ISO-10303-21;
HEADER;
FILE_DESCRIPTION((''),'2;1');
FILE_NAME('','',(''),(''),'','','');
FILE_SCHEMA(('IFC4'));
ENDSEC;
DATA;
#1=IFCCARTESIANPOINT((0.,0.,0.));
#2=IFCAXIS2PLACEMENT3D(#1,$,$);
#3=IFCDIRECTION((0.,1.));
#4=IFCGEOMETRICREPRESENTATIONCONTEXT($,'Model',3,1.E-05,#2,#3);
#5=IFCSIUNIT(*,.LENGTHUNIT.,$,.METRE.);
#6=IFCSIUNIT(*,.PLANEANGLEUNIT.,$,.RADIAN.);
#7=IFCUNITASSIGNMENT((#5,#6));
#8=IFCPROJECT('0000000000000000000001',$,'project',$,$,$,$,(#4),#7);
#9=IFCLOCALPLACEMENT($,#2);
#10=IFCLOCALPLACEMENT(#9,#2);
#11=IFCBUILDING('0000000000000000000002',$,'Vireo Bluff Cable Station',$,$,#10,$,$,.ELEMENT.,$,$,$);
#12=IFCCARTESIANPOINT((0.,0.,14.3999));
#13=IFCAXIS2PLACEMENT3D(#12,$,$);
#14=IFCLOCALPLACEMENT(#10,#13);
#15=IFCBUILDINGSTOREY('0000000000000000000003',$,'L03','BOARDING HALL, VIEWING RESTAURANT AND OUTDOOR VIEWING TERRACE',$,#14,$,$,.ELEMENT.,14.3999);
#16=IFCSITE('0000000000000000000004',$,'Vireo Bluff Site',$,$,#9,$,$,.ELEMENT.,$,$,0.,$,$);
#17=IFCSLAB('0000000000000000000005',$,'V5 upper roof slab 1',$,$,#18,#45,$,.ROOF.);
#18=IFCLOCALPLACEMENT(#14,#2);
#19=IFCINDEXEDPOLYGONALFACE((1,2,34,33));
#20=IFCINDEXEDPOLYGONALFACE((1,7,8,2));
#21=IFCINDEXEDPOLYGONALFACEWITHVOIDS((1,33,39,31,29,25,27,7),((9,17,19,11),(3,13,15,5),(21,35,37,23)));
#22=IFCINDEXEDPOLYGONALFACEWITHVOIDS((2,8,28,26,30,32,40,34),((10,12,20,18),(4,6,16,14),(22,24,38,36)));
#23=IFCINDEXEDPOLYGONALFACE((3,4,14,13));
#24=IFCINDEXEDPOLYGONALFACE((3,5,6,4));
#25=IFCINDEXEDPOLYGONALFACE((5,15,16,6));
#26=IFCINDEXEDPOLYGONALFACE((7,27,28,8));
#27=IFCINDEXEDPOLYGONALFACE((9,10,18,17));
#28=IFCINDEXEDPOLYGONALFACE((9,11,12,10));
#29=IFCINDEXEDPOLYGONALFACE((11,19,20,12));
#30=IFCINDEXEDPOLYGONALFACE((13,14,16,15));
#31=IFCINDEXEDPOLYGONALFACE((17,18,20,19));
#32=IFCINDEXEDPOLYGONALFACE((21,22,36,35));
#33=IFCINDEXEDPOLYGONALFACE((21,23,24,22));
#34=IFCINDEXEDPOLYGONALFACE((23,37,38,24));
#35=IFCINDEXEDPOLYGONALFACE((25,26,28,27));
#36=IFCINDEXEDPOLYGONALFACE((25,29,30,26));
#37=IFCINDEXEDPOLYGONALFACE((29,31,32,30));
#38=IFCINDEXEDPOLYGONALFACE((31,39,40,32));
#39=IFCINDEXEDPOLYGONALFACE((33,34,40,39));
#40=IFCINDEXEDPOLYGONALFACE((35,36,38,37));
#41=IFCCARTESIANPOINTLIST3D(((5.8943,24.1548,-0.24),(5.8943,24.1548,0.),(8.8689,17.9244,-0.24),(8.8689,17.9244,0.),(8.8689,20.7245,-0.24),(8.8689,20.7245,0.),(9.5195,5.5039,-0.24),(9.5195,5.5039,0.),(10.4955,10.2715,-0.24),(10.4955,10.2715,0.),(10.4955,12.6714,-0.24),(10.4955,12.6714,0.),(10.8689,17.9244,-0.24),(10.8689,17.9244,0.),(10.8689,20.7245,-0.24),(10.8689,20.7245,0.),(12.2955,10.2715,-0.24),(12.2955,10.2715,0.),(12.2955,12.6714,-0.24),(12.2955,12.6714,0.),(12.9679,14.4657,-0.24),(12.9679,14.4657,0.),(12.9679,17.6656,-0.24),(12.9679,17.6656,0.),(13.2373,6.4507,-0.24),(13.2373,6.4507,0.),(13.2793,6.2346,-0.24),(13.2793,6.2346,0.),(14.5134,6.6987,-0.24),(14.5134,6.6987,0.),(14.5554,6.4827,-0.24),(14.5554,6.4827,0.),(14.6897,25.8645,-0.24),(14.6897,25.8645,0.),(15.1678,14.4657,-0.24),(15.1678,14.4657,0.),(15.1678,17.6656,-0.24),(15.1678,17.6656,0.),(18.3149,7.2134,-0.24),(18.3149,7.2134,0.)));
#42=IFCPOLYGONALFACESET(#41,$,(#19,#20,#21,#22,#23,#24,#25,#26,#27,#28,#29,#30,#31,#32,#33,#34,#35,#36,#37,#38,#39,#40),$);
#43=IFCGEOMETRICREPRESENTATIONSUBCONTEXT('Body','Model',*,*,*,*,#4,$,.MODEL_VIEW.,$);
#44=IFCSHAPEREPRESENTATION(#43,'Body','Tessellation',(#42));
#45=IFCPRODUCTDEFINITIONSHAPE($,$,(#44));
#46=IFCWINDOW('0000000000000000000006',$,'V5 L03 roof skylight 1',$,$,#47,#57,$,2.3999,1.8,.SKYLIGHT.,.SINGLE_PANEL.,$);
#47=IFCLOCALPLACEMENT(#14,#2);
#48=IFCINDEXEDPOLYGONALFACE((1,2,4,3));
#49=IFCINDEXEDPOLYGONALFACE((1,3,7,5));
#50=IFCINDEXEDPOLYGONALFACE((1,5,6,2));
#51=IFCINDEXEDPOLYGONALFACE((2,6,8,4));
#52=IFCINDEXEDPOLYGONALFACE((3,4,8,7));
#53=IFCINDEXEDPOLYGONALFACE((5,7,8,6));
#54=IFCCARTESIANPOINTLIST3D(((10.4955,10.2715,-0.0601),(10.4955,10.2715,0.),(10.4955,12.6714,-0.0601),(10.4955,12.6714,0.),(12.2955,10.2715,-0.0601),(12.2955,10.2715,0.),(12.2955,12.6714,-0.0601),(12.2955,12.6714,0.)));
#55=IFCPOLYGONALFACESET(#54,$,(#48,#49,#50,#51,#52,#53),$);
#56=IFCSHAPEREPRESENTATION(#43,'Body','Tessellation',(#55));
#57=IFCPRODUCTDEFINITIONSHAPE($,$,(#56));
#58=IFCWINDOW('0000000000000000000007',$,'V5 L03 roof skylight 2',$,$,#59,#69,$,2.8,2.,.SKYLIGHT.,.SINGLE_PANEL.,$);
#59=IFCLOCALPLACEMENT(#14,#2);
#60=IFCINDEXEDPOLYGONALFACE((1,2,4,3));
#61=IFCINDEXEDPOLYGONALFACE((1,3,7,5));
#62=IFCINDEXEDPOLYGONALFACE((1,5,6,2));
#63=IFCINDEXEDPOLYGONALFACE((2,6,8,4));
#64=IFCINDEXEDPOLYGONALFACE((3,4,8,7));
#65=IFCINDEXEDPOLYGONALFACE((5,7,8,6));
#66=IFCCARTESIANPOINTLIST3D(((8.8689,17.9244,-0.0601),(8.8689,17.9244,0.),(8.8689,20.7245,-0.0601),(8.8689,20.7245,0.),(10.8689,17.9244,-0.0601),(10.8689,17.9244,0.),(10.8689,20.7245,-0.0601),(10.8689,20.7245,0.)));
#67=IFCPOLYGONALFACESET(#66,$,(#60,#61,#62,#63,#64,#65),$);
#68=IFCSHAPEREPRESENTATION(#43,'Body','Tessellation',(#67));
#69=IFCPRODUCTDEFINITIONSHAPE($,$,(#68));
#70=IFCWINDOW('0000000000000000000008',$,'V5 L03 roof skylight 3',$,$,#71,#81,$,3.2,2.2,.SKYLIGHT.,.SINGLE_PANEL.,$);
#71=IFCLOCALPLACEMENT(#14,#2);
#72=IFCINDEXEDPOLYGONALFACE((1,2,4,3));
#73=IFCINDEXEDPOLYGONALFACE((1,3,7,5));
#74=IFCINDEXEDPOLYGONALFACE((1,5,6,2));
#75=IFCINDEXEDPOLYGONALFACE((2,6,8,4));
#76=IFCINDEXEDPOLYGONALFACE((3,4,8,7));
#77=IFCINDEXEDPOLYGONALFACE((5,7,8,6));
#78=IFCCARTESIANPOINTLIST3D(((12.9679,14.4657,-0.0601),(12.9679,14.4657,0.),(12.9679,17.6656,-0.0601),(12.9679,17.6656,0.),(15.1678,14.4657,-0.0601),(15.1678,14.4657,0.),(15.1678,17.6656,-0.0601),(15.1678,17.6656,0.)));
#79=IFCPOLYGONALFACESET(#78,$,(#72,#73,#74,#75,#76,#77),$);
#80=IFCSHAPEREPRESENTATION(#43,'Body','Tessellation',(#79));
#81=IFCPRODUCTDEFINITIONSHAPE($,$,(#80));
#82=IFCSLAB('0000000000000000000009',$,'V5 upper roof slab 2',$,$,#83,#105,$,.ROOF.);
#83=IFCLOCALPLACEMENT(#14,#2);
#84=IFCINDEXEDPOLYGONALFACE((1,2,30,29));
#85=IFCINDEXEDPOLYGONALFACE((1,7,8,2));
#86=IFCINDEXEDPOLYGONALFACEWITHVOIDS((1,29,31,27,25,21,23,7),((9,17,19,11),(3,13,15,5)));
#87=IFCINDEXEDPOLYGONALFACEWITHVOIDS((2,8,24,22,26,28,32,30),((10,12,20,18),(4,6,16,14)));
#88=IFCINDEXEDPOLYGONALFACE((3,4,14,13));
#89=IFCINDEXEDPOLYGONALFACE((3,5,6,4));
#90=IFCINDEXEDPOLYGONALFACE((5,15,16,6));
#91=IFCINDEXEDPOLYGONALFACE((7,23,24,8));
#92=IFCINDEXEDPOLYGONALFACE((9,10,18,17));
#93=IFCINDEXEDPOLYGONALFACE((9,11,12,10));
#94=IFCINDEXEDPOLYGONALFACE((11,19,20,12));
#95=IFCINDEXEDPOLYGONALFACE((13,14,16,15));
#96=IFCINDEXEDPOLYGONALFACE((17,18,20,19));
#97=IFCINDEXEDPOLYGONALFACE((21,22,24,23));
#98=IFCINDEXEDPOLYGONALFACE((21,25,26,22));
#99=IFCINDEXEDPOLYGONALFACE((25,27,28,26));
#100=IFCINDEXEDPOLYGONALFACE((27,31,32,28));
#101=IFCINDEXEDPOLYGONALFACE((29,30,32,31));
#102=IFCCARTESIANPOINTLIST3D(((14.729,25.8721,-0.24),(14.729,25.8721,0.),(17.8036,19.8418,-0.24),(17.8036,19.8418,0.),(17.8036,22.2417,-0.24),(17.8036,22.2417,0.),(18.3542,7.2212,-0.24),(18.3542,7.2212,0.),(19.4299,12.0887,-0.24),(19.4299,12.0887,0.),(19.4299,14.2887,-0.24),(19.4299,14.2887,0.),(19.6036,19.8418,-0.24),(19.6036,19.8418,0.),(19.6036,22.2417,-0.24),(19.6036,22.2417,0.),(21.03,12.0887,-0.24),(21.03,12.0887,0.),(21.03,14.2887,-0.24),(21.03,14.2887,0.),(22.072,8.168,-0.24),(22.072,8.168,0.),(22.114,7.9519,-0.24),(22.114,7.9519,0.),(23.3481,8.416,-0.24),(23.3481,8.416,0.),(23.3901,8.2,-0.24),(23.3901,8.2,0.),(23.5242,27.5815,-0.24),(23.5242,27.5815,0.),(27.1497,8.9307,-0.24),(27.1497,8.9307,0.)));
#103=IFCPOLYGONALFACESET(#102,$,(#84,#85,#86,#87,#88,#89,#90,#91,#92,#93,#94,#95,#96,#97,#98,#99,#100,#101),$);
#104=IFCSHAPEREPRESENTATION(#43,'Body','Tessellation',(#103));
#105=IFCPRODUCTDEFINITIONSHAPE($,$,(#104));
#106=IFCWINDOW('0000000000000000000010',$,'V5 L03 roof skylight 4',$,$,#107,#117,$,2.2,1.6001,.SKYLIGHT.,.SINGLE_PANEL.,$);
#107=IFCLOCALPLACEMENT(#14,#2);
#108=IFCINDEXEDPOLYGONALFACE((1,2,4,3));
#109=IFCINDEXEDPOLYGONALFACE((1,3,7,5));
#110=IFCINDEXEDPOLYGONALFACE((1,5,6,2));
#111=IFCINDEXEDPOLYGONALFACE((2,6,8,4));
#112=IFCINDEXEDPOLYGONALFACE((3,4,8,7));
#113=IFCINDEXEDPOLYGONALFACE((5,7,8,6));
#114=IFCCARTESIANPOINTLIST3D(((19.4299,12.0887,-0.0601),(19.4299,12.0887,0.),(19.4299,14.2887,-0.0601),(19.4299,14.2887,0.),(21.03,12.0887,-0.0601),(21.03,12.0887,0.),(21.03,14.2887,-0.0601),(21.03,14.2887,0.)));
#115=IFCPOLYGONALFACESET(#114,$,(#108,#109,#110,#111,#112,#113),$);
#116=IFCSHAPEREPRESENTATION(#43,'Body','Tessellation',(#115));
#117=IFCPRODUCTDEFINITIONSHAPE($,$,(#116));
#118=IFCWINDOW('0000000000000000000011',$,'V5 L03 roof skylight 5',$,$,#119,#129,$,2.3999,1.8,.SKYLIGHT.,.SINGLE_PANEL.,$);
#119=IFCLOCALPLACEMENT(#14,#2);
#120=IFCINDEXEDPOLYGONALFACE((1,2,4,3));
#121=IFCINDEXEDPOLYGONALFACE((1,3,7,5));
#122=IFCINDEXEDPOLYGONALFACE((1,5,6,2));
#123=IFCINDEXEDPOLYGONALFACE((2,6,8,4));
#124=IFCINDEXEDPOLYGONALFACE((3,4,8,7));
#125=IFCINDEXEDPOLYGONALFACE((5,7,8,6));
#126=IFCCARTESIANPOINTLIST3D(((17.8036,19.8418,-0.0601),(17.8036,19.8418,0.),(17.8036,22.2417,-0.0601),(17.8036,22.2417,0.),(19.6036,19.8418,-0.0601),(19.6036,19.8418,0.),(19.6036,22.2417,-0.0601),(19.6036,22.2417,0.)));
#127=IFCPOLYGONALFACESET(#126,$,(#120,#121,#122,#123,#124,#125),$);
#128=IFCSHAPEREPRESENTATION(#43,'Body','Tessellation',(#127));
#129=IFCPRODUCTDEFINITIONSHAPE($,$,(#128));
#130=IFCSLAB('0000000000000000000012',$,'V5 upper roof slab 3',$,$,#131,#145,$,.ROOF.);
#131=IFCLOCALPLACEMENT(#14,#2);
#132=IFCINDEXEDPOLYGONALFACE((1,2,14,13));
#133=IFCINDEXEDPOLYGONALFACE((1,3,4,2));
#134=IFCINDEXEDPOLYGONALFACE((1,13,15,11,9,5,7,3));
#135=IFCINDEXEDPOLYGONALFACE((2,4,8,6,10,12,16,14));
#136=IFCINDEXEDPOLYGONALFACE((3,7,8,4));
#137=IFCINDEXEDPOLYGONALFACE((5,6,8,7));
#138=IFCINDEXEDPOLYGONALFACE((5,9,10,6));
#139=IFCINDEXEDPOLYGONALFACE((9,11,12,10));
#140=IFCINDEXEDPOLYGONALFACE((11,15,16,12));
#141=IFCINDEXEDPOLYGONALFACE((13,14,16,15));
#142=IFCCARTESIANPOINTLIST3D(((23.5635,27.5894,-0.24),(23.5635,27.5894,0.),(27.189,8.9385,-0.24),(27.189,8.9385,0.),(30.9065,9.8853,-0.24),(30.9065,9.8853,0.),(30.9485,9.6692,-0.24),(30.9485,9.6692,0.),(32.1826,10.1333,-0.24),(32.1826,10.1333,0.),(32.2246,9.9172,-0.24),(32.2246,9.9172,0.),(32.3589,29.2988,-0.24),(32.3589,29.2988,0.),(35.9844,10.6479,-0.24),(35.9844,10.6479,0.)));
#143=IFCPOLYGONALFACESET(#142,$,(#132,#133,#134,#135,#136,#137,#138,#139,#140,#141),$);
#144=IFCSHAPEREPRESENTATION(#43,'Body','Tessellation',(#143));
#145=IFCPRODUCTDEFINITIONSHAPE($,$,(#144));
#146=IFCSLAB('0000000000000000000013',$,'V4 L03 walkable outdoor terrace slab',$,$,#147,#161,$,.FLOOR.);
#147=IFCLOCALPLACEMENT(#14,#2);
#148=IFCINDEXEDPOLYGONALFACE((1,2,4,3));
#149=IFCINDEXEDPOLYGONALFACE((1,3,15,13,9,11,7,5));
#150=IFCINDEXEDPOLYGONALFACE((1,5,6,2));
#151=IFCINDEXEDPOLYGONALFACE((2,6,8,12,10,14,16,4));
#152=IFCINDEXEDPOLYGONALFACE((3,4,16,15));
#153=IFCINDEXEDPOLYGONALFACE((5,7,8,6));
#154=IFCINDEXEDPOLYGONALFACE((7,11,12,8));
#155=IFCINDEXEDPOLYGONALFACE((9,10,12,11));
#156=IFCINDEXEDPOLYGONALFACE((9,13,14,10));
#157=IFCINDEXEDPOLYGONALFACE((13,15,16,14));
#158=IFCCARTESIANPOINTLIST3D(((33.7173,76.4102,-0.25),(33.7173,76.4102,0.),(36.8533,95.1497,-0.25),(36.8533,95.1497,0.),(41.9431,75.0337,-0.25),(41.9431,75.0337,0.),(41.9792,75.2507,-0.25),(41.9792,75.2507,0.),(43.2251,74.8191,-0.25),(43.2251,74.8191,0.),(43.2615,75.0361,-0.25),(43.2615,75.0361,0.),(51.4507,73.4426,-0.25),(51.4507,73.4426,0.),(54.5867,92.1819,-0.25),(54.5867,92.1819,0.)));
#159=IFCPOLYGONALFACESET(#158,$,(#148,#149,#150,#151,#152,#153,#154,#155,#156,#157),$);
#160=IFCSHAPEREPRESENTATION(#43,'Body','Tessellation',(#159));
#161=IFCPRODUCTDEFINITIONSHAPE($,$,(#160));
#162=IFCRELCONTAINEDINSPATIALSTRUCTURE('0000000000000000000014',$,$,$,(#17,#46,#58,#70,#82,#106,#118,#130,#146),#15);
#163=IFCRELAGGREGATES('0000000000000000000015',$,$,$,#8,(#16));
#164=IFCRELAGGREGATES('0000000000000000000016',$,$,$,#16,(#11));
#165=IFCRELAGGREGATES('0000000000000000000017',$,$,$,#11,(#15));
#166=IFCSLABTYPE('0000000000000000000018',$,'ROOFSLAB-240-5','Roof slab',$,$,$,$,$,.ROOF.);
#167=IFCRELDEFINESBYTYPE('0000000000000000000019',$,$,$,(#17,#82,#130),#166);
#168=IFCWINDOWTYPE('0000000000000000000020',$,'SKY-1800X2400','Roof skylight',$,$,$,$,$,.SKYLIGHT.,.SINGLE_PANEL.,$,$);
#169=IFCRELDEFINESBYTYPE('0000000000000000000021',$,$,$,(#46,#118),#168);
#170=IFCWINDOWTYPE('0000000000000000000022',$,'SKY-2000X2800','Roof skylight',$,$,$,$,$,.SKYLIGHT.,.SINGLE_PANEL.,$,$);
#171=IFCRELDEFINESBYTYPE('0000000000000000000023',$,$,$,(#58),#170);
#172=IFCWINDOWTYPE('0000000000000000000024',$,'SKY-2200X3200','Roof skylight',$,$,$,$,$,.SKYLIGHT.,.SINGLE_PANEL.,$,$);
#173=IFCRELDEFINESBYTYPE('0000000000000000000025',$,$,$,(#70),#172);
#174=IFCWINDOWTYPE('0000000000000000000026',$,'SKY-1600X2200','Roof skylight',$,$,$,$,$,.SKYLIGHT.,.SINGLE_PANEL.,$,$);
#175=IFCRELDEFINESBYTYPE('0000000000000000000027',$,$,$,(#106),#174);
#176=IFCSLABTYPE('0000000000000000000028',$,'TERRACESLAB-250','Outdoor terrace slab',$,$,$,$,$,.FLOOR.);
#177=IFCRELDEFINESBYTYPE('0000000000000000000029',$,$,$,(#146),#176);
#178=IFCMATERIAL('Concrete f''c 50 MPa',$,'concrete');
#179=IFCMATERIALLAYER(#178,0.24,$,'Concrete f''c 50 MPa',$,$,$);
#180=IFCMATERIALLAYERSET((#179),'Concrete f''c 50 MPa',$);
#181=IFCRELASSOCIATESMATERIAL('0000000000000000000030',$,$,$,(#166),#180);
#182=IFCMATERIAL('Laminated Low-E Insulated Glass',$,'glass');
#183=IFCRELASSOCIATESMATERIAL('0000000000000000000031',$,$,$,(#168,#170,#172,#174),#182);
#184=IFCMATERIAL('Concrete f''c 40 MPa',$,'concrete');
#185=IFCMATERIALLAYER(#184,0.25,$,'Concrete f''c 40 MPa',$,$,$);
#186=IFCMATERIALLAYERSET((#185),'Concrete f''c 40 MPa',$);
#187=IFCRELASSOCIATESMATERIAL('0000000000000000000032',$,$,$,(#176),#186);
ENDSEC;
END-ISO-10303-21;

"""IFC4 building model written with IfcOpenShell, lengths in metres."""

from ifc_helpers import new_model, si_unit, direction, frame, origin, origin_2d, place, context, subcontext, project, spatial, polyline, rectangle, outline, extrude, material, layer, layer_set, type_object, element, fill, save


model = new_model("IFC4")

# Units and contexts
model_context = context("Model", 3, precision=1e-05, world=origin(), true_north=direction((0.0, 1.0)))
body_context = subcontext(model_context, "Body", "Model", "MODEL_VIEW")
ifc_project = project(units=[si_unit("LENGTHUNIT", "METRE"), si_unit("PLANEANGLEUNIT", "RADIAN")], contexts=[model_context])

# Site, building, storey
site_placement = place(None, origin())
site = spatial("IfcSite", under=ifc_project, at=site_placement, Name="Vireo Bluff Site", CompositionType="ELEMENT", RefElevation=0.0)
building_placement = place(site_placement, origin())
building = spatial("IfcBuilding", under=site, at=building_placement, Name="Vireo Bluff Cable Station", CompositionType="ELEMENT")
storey_placement = place(building_placement, frame((0.0, 0.0, 14.3999)))
storey = spatial("IfcBuildingStorey", under=building, at=storey_placement, Name="L03", Description="BOARDING HALL, VIEWING RESTAURANT AND OUTDOOR VIEWING TERRACE", CompositionType="ELEMENT", Elevation=14.3999)

# Shared definitions
ifc_material_1 = material(Name="Concrete f'c 40 MPa", Category="concrete")

# Slabs, openings, windows
ifc_material_2 = material(Name="Concrete f'c 50 MPa", Category="concrete")
ifc_layer_1 = layer(ifc_material_2, 0.24, Name="Concrete f'c 50 MPa")
ifc_layer_set_1 = layer_set([ifc_layer_1], Name="Concrete f'c 50 MPa")
slab_type_1 = type_object("IfcSlabType", Name="ROOFSLAB-240-5", Description="Roof slab", PredefinedType="ROOF", material=ifc_layer_set_1)
slab_1_placement = place(storey_placement, frame((0.0, 0.0, -0.24)))
slab_1 = element("IfcSlab", 1, at=slab_1_placement, inside=storey, type_object=slab_type_1, Name="V5 upper roof slab 1", PredefinedType="ROOF", context=body_context, shape_type="SweptSolid", body=[
    extrude(outline(polyline([(9.5195, 5.5039), (13.2793, 6.2346), (13.2373, 6.4507), (14.5134, 6.6987), (14.5554, 6.4827), (18.3149, 7.2134), (14.6897, 25.8645), (5.8943, 24.1548), (9.5195, 5.5039)])), origin(), (0.0, 0.0, 1.0), 0.24),
])
opening_1_placement = place(slab_1_placement, frame((11.3955, 11.4714, -0.01)))
opening_1 = element("IfcOpeningElement", 2, at=opening_1_placement, cuts=slab_1, PredefinedType="OPENING", context=body_context, shape_type="SweptSolid", body=[
    extrude(rectangle(XDim=1.8, YDim=2.3999, at=origin_2d()), origin(), (0.0, 0.0, 1.0), 0.26),
])
opening_2_placement = place(slab_1_placement, frame((9.8689, 19.3245, -0.01)))
opening_2 = element("IfcOpeningElement", 3, at=opening_2_placement, cuts=slab_1, PredefinedType="OPENING", context=body_context, shape_type="SweptSolid", body=[
    extrude(rectangle(XDim=2.0, YDim=2.8, at=origin_2d()), origin(), (0.0, 0.0, 1.0), 0.26),
])
opening_3_placement = place(slab_1_placement, frame((14.0679, 16.0657, -0.01)))
opening_3 = element("IfcOpeningElement", 4, at=opening_3_placement, cuts=slab_1, PredefinedType="OPENING", context=body_context, shape_type="SweptSolid", body=[
    extrude(rectangle(XDim=2.2, YDim=3.2, at=origin_2d()), origin(), (0.0, 0.0, 1.0), 0.26),
])
ifc_material_3 = material(Name="Laminated Low-E Insulated Glass", Category="glass")
window_type_1 = type_object("IfcWindowType", Name="SKY-1800X2400", Description="Roof skylight", PartitioningType="SINGLE_PANEL", PredefinedType="SKYLIGHT", material=ifc_material_3)
window_1_placement = place(opening_1_placement, frame((0.0, 0.0, 0.1899)))
window_1 = element("IfcWindow", 5, at=window_1_placement, inside=storey, type_object=window_type_1, Name="V5 L03 roof skylight 1", OverallHeight=2.3999, OverallWidth=1.8, PartitioningType="SINGLE_PANEL", PredefinedType="SKYLIGHT", context=body_context, shape_type="SweptSolid", body=[
    extrude(rectangle(XDim=1.8, YDim=2.3999, at=origin_2d()), origin(), (0.0, 0.0, 1.0), 0.0601),
])
fill(opening_1, window_1)
window_type_2 = type_object("IfcWindowType", Name="SKY-2000X2800", Description="Roof skylight", PartitioningType="SINGLE_PANEL", PredefinedType="SKYLIGHT", material=ifc_material_3)
window_2_placement = place(opening_2_placement, frame((0.0, 0.0, 0.1899)))
window_2 = element("IfcWindow", 6, at=window_2_placement, inside=storey, type_object=window_type_2, Name="V5 L03 roof skylight 2", OverallHeight=2.8, OverallWidth=2.0, PartitioningType="SINGLE_PANEL", PredefinedType="SKYLIGHT", context=body_context, shape_type="SweptSolid", body=[
    extrude(rectangle(XDim=2.0, YDim=2.8, at=origin_2d()), origin(), (0.0, 0.0, 1.0), 0.0601),
])
fill(opening_2, window_2)
window_type_3 = type_object("IfcWindowType", Name="SKY-2200X3200", Description="Roof skylight", PartitioningType="SINGLE_PANEL", PredefinedType="SKYLIGHT", material=ifc_material_3)
window_3_placement = place(opening_3_placement, frame((0.0, 0.0, 0.1899)))
window_3 = element("IfcWindow", 7, at=window_3_placement, inside=storey, type_object=window_type_3, Name="V5 L03 roof skylight 3", OverallHeight=3.2, OverallWidth=2.2, PartitioningType="SINGLE_PANEL", PredefinedType="SKYLIGHT", context=body_context, shape_type="SweptSolid", body=[
    extrude(rectangle(XDim=2.2, YDim=3.2, at=origin_2d()), origin(), (0.0, 0.0, 1.0), 0.0601),
])
fill(opening_3, window_3)
slab_2_placement = place(storey_placement, frame((0.0, 0.0, -0.24)))
slab_2 = element("IfcSlab", 8, at=slab_2_placement, inside=storey, type_object=slab_type_1, Name="V5 upper roof slab 2", PredefinedType="ROOF", context=body_context, shape_type="SweptSolid", body=[
    extrude(outline(polyline([(18.3542, 7.2212), (22.114, 7.9519), (22.072, 8.168), (23.3481, 8.416), (23.3901, 8.2), (27.1497, 8.9307), (23.5242, 27.5815), (14.729, 25.8721), (18.3542, 7.2212)])), origin(), (0.0, 0.0, 1.0), 0.24),
])
opening_4_placement = place(slab_2_placement, frame((20.23, 13.1887, -0.01)))
opening_4 = element("IfcOpeningElement", 9, at=opening_4_placement, cuts=slab_2, PredefinedType="OPENING", context=body_context, shape_type="SweptSolid", body=[
    extrude(rectangle(XDim=1.6001, YDim=2.2, at=origin_2d()), origin(), (0.0, 0.0, 1.0), 0.26),
])
opening_5_placement = place(slab_2_placement, frame((18.7036, 21.0417, -0.01)))
opening_5 = element("IfcOpeningElement", 10, at=opening_5_placement, cuts=slab_2, PredefinedType="OPENING", context=body_context, shape_type="SweptSolid", body=[
    extrude(rectangle(XDim=1.8, YDim=2.3999, at=origin_2d()), origin(), (0.0, 0.0, 1.0), 0.26),
])
window_type_4 = type_object("IfcWindowType", Name="SKY-1600X2200", Description="Roof skylight", PartitioningType="SINGLE_PANEL", PredefinedType="SKYLIGHT", material=ifc_material_3)
window_4_placement = place(opening_4_placement, frame((0.0, 0.0, 0.1899)))
window_4 = element("IfcWindow", 11, at=window_4_placement, inside=storey, type_object=window_type_4, Name="V5 L03 roof skylight 4", OverallHeight=2.2, OverallWidth=1.6001, PartitioningType="SINGLE_PANEL", PredefinedType="SKYLIGHT", context=body_context, shape_type="SweptSolid", body=[
    extrude(rectangle(XDim=1.6001, YDim=2.2, at=origin_2d()), origin(), (0.0, 0.0, 1.0), 0.0601),
])
fill(opening_4, window_4)
window_5_placement = place(opening_5_placement, frame((0.0, 0.0, 0.1899)))
window_5 = element("IfcWindow", 12, at=window_5_placement, inside=storey, type_object=window_type_1, Name="V5 L03 roof skylight 5", OverallHeight=2.3999, OverallWidth=1.8, PartitioningType="SINGLE_PANEL", PredefinedType="SKYLIGHT", context=body_context, shape_type="SweptSolid", body=[
    extrude(rectangle(XDim=1.8, YDim=2.3999, at=origin_2d()), origin(), (0.0, 0.0, 1.0), 0.0601),
])
fill(opening_5, window_5)

# Slabs
slab_3_placement = place(storey_placement, frame((0.0, 0.0, -0.24)))
element("IfcSlab", 13, at=slab_3_placement, inside=storey, type_object=slab_type_1, Name="V5 upper roof slab 3", PredefinedType="ROOF", context=body_context, shape_type="SweptSolid", body=[
    extrude(outline(polyline([(27.189, 8.9385), (30.9485, 9.6692), (30.9065, 9.8853), (32.1826, 10.1333), (32.2246, 9.9172), (35.9844, 10.6479), (32.3589, 29.2988), (23.5635, 27.5894), (27.189, 8.9385)])), origin(), (0.0, 0.0, 1.0), 0.24),
])
ifc_layer_2 = layer(ifc_material_1, 0.25, Name="Concrete f'c 40 MPa")
ifc_layer_set_2 = layer_set([ifc_layer_2], Name="Concrete f'c 40 MPa")
slab_type_2 = type_object("IfcSlabType", Name="TERRACESLAB-250", Description="Outdoor terrace slab", PredefinedType="FLOOR", material=ifc_layer_set_2)
slab_4_placement = place(storey_placement, frame((0.0, 0.0, -0.25)))
element("IfcSlab", 14, at=slab_4_placement, inside=storey, type_object=slab_type_2, Name="V4 L03 walkable outdoor terrace slab", PredefinedType="FLOOR", context=body_context, shape_type="SweptSolid", body=[
    extrude(outline(polyline([(33.7173, 76.4102), (41.9431, 75.0337), (41.9792, 75.2507), (43.2615, 75.0361), (43.2251, 74.8191), (51.4507, 73.4426), (54.5867, 92.1819), (36.8533, 95.1497), (33.7173, 76.4102)])), origin(), (0.0, 0.0, 1.0), 0.25),
])

save(model, "model.ifc")
